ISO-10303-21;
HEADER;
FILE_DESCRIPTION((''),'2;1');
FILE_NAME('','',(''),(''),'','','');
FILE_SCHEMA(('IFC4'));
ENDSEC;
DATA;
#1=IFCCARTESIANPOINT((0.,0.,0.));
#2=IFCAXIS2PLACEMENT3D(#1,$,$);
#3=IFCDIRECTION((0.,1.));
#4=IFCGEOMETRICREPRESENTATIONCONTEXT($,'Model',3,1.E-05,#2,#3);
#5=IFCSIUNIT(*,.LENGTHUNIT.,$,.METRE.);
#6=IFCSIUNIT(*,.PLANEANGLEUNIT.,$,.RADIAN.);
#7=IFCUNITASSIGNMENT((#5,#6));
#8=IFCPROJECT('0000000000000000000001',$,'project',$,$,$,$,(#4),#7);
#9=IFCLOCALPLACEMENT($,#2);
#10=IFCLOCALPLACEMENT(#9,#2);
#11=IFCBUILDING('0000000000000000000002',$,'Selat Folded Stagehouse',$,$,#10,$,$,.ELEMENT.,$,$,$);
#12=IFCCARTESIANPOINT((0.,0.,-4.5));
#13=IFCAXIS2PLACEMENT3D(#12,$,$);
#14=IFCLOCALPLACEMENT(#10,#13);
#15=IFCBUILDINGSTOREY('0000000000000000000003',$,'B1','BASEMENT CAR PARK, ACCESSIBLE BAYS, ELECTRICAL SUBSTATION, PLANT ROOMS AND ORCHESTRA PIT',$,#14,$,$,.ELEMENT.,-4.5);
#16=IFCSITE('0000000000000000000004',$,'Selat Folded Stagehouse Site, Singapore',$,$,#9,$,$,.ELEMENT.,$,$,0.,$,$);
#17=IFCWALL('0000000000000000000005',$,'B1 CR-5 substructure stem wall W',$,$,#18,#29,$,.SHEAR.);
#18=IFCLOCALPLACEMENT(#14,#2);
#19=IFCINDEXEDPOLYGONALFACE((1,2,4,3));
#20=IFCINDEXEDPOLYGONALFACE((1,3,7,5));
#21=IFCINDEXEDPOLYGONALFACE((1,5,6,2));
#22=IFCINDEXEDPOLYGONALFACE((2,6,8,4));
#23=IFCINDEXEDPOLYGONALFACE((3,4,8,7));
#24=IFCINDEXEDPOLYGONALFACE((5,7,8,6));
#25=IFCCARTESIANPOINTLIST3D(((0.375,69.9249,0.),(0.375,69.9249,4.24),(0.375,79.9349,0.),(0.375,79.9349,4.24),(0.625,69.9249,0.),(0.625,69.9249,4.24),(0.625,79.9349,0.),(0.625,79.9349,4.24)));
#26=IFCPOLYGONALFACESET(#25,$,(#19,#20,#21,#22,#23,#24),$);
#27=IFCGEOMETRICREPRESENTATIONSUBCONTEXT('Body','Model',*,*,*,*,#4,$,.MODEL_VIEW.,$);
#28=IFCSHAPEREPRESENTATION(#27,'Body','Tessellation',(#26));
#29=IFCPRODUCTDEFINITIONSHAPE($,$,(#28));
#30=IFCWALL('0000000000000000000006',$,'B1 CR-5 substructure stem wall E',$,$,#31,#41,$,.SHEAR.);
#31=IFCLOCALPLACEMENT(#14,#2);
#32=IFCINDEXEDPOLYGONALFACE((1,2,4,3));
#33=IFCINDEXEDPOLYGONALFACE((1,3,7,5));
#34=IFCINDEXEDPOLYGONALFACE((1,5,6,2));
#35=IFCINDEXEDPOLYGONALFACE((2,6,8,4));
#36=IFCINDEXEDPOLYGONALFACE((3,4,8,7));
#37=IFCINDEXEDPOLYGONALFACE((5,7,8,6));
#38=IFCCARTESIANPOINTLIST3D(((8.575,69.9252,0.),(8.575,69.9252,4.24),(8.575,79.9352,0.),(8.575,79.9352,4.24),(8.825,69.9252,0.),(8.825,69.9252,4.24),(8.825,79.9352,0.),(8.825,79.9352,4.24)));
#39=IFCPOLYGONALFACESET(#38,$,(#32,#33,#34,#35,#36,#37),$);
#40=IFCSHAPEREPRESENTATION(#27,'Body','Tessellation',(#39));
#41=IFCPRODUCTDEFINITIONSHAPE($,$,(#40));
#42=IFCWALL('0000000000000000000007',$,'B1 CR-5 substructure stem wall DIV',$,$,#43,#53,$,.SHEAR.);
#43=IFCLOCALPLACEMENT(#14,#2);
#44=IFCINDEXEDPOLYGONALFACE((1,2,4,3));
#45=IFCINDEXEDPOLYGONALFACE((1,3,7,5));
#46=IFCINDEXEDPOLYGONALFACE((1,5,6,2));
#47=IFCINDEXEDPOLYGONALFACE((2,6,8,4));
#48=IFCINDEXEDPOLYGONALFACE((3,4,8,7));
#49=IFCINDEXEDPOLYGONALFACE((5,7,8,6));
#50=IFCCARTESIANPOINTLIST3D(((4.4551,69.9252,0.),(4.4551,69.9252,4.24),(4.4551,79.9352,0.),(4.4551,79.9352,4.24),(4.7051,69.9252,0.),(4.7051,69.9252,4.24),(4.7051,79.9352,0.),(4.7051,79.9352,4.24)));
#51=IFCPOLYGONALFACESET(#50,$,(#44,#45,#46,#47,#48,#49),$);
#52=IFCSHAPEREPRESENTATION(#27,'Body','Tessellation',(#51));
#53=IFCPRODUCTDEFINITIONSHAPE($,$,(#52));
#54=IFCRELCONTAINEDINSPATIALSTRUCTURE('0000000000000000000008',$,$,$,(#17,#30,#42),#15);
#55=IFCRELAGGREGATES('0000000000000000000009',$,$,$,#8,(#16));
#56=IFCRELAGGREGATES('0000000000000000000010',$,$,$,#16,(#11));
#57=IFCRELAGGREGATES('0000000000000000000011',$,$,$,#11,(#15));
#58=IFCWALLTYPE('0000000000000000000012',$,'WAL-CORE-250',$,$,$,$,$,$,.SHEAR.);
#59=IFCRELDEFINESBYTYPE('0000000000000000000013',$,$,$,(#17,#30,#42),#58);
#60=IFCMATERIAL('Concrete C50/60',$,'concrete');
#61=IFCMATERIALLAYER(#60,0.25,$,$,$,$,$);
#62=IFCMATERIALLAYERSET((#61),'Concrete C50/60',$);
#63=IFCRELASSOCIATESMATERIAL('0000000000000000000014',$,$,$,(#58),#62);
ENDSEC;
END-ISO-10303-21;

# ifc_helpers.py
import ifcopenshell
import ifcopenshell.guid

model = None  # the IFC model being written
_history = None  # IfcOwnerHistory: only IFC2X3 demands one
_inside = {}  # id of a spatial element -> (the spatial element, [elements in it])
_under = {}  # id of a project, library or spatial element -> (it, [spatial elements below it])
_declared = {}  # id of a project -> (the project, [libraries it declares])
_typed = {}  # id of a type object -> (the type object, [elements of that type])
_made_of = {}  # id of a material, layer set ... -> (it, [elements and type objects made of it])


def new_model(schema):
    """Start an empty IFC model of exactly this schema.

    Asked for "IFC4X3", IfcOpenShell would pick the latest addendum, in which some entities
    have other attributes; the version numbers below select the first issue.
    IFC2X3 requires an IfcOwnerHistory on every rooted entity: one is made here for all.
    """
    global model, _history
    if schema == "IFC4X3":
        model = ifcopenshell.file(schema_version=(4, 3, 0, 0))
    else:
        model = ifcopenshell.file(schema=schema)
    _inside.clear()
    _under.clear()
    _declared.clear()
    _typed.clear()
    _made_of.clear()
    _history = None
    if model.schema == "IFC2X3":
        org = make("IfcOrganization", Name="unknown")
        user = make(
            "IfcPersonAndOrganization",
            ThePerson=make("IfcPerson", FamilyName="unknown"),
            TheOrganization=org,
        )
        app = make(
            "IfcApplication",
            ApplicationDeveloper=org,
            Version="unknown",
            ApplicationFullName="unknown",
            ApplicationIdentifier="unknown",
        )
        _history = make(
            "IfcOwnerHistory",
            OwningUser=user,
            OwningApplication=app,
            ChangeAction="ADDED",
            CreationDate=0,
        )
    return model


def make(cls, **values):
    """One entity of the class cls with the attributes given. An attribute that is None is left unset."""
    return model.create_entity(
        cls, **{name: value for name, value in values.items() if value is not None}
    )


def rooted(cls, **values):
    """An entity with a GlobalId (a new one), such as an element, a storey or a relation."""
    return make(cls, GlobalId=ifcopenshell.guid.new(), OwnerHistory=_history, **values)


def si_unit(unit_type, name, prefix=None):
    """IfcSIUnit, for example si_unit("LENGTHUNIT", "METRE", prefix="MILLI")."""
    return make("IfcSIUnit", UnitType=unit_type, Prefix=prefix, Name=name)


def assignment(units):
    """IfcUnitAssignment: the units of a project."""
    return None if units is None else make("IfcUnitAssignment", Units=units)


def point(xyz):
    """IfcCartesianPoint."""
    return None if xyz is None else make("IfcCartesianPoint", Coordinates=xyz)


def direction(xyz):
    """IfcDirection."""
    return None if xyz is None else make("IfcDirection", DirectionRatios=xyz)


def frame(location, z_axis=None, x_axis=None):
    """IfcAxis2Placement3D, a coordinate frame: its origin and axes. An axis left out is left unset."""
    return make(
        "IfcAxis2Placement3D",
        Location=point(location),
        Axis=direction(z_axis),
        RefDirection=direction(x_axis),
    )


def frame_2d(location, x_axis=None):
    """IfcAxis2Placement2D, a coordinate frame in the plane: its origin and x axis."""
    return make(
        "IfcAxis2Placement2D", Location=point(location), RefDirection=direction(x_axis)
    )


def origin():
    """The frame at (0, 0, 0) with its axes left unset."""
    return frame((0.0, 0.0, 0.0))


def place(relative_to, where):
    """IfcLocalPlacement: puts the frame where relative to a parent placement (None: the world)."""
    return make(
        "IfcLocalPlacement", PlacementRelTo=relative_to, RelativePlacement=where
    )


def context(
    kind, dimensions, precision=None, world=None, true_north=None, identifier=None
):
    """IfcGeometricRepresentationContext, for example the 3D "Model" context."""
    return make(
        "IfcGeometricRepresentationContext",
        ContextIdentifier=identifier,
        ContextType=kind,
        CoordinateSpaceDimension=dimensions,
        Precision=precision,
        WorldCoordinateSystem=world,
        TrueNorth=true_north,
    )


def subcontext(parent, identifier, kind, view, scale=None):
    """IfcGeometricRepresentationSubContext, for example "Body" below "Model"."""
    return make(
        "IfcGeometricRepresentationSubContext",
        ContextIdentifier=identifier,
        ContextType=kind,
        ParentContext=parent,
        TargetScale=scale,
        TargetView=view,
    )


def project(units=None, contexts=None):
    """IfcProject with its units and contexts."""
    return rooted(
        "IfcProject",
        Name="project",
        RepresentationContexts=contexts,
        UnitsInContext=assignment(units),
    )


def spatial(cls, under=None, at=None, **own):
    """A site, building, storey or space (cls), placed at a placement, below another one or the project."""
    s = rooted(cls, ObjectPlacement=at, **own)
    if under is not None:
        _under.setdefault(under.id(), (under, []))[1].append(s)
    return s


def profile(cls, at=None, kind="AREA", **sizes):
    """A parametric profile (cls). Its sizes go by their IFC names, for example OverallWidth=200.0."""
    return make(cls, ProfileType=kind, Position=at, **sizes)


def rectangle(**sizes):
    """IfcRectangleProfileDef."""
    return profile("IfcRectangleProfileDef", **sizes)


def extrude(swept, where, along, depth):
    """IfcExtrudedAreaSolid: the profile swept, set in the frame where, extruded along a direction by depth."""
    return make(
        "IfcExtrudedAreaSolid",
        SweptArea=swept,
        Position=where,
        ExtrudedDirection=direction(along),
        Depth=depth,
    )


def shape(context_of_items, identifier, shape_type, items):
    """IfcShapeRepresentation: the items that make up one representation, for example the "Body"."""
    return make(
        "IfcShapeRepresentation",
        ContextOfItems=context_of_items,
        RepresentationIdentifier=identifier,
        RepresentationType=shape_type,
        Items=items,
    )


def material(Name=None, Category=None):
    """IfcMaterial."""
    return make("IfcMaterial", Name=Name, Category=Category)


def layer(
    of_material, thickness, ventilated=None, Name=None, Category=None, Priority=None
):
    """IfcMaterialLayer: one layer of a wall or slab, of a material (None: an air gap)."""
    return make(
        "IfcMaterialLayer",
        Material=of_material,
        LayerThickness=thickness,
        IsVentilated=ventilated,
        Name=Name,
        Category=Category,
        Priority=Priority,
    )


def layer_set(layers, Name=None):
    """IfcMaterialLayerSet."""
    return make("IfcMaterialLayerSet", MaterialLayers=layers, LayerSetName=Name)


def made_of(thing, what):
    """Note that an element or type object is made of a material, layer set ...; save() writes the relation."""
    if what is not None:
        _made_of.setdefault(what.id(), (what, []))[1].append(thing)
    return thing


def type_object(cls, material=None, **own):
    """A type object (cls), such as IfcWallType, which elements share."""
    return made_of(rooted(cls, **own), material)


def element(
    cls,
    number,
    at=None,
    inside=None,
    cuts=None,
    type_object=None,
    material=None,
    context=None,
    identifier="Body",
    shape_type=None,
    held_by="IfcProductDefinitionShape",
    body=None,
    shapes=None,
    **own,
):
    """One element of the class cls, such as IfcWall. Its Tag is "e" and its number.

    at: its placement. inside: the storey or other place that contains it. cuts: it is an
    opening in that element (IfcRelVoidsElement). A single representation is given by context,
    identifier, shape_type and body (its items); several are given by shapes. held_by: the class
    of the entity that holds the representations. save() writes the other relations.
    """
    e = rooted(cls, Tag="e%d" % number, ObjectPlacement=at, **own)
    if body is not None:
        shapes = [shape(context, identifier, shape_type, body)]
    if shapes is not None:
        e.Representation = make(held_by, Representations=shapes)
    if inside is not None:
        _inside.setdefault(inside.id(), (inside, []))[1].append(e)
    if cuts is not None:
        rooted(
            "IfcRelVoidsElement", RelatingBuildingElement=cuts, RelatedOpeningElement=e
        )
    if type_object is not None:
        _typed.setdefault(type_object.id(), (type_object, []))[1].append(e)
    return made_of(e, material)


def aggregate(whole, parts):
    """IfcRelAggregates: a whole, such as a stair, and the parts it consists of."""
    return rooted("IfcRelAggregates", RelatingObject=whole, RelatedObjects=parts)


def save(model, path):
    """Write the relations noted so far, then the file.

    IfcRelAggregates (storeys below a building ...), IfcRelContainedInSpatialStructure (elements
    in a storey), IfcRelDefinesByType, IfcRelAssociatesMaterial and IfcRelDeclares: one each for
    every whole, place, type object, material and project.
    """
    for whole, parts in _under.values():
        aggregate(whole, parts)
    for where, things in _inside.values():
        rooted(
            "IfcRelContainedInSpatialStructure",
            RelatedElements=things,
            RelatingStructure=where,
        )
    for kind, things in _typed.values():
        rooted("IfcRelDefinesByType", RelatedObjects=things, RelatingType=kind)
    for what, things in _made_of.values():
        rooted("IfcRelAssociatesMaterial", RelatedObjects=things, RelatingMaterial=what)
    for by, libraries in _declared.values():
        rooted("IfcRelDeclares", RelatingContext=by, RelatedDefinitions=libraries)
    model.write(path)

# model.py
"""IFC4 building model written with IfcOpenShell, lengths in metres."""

from ifc_helpers import new_model, si_unit, direction, frame, frame_2d, origin, place, context, subcontext, project, spatial, rectangle, extrude, material, layer, layer_set, type_object, element, save


model = new_model("IFC4")

# Units and contexts
model_context = context("Model", 3, precision=1e-05, world=origin(), true_north=direction((0.0, 1.0)))
body_context = subcontext(model_context, "Body", "Model", "MODEL_VIEW")
ifc_project = project(units=[si_unit("LENGTHUNIT", "METRE"), si_unit("PLANEANGLEUNIT", "RADIAN")], contexts=[model_context])

# Site, building, storey
site_placement = place(None, origin())
site = spatial("IfcSite", under=ifc_project, at=site_placement, Name="Selat Folded Stagehouse Site, Singapore", CompositionType="ELEMENT", RefElevation=0.0)
building_placement = place(site_placement, origin())
building = spatial("IfcBuilding", under=site, at=building_placement, Name="Selat Folded Stagehouse", CompositionType="ELEMENT")
storey_placement = place(building_placement, frame((0.0, 0.0, -4.5)))
storey = spatial("IfcBuildingStorey", under=building, at=storey_placement, Name="B1", Description="BASEMENT CAR PARK, ACCESSIBLE BAYS, ELECTRICAL SUBSTATION, PLANT ROOMS AND ORCHESTRA PIT", CompositionType="ELEMENT", Elevation=-4.5)

# Walls
ifc_material_1 = material(Name="Concrete C50/60", Category="concrete")
ifc_layer_1 = layer(ifc_material_1, 0.25)
ifc_layer_set_1 = layer_set([ifc_layer_1], Name="Concrete C50/60")
wall_type = type_object("IfcWallType", Name="WAL-CORE-250", PredefinedType="SHEAR", material=ifc_layer_set_1)
for number, where, z_axis, x_axis, name in (
    (1, (0.5, 69.925, 0.0), (0.0, 0.0, 1.0), (0.0, 1.0, 0.0), "B1 CR-5 substructure stem wall W"),
    (2, (8.7, 79.9351, 0.0), (0.0, 0.0, 1.0), (0.0, -1.0, 0.0), "B1 CR-5 substructure stem wall E"),
    (3, (4.5801, 79.9351, 0.0), (0.0, 0.0, 1.0), (0.0, -1.0, 0.0), "B1 CR-5 substructure stem wall DIV"),
):
    element("IfcWall", number, at=place(storey_placement, frame(where, z_axis=z_axis, x_axis=x_axis)), inside=storey, type_object=wall_type, Name=name, PredefinedType="SHEAR", context=body_context, shape_type="SweptSolid", body=[
        extrude(rectangle(XDim=10.01, YDim=0.25, at=frame_2d((5.0049, 0.0))), origin(), (0.0, 0.0, 1.0), 4.24),
    ])

save(model, "model.ifc")
